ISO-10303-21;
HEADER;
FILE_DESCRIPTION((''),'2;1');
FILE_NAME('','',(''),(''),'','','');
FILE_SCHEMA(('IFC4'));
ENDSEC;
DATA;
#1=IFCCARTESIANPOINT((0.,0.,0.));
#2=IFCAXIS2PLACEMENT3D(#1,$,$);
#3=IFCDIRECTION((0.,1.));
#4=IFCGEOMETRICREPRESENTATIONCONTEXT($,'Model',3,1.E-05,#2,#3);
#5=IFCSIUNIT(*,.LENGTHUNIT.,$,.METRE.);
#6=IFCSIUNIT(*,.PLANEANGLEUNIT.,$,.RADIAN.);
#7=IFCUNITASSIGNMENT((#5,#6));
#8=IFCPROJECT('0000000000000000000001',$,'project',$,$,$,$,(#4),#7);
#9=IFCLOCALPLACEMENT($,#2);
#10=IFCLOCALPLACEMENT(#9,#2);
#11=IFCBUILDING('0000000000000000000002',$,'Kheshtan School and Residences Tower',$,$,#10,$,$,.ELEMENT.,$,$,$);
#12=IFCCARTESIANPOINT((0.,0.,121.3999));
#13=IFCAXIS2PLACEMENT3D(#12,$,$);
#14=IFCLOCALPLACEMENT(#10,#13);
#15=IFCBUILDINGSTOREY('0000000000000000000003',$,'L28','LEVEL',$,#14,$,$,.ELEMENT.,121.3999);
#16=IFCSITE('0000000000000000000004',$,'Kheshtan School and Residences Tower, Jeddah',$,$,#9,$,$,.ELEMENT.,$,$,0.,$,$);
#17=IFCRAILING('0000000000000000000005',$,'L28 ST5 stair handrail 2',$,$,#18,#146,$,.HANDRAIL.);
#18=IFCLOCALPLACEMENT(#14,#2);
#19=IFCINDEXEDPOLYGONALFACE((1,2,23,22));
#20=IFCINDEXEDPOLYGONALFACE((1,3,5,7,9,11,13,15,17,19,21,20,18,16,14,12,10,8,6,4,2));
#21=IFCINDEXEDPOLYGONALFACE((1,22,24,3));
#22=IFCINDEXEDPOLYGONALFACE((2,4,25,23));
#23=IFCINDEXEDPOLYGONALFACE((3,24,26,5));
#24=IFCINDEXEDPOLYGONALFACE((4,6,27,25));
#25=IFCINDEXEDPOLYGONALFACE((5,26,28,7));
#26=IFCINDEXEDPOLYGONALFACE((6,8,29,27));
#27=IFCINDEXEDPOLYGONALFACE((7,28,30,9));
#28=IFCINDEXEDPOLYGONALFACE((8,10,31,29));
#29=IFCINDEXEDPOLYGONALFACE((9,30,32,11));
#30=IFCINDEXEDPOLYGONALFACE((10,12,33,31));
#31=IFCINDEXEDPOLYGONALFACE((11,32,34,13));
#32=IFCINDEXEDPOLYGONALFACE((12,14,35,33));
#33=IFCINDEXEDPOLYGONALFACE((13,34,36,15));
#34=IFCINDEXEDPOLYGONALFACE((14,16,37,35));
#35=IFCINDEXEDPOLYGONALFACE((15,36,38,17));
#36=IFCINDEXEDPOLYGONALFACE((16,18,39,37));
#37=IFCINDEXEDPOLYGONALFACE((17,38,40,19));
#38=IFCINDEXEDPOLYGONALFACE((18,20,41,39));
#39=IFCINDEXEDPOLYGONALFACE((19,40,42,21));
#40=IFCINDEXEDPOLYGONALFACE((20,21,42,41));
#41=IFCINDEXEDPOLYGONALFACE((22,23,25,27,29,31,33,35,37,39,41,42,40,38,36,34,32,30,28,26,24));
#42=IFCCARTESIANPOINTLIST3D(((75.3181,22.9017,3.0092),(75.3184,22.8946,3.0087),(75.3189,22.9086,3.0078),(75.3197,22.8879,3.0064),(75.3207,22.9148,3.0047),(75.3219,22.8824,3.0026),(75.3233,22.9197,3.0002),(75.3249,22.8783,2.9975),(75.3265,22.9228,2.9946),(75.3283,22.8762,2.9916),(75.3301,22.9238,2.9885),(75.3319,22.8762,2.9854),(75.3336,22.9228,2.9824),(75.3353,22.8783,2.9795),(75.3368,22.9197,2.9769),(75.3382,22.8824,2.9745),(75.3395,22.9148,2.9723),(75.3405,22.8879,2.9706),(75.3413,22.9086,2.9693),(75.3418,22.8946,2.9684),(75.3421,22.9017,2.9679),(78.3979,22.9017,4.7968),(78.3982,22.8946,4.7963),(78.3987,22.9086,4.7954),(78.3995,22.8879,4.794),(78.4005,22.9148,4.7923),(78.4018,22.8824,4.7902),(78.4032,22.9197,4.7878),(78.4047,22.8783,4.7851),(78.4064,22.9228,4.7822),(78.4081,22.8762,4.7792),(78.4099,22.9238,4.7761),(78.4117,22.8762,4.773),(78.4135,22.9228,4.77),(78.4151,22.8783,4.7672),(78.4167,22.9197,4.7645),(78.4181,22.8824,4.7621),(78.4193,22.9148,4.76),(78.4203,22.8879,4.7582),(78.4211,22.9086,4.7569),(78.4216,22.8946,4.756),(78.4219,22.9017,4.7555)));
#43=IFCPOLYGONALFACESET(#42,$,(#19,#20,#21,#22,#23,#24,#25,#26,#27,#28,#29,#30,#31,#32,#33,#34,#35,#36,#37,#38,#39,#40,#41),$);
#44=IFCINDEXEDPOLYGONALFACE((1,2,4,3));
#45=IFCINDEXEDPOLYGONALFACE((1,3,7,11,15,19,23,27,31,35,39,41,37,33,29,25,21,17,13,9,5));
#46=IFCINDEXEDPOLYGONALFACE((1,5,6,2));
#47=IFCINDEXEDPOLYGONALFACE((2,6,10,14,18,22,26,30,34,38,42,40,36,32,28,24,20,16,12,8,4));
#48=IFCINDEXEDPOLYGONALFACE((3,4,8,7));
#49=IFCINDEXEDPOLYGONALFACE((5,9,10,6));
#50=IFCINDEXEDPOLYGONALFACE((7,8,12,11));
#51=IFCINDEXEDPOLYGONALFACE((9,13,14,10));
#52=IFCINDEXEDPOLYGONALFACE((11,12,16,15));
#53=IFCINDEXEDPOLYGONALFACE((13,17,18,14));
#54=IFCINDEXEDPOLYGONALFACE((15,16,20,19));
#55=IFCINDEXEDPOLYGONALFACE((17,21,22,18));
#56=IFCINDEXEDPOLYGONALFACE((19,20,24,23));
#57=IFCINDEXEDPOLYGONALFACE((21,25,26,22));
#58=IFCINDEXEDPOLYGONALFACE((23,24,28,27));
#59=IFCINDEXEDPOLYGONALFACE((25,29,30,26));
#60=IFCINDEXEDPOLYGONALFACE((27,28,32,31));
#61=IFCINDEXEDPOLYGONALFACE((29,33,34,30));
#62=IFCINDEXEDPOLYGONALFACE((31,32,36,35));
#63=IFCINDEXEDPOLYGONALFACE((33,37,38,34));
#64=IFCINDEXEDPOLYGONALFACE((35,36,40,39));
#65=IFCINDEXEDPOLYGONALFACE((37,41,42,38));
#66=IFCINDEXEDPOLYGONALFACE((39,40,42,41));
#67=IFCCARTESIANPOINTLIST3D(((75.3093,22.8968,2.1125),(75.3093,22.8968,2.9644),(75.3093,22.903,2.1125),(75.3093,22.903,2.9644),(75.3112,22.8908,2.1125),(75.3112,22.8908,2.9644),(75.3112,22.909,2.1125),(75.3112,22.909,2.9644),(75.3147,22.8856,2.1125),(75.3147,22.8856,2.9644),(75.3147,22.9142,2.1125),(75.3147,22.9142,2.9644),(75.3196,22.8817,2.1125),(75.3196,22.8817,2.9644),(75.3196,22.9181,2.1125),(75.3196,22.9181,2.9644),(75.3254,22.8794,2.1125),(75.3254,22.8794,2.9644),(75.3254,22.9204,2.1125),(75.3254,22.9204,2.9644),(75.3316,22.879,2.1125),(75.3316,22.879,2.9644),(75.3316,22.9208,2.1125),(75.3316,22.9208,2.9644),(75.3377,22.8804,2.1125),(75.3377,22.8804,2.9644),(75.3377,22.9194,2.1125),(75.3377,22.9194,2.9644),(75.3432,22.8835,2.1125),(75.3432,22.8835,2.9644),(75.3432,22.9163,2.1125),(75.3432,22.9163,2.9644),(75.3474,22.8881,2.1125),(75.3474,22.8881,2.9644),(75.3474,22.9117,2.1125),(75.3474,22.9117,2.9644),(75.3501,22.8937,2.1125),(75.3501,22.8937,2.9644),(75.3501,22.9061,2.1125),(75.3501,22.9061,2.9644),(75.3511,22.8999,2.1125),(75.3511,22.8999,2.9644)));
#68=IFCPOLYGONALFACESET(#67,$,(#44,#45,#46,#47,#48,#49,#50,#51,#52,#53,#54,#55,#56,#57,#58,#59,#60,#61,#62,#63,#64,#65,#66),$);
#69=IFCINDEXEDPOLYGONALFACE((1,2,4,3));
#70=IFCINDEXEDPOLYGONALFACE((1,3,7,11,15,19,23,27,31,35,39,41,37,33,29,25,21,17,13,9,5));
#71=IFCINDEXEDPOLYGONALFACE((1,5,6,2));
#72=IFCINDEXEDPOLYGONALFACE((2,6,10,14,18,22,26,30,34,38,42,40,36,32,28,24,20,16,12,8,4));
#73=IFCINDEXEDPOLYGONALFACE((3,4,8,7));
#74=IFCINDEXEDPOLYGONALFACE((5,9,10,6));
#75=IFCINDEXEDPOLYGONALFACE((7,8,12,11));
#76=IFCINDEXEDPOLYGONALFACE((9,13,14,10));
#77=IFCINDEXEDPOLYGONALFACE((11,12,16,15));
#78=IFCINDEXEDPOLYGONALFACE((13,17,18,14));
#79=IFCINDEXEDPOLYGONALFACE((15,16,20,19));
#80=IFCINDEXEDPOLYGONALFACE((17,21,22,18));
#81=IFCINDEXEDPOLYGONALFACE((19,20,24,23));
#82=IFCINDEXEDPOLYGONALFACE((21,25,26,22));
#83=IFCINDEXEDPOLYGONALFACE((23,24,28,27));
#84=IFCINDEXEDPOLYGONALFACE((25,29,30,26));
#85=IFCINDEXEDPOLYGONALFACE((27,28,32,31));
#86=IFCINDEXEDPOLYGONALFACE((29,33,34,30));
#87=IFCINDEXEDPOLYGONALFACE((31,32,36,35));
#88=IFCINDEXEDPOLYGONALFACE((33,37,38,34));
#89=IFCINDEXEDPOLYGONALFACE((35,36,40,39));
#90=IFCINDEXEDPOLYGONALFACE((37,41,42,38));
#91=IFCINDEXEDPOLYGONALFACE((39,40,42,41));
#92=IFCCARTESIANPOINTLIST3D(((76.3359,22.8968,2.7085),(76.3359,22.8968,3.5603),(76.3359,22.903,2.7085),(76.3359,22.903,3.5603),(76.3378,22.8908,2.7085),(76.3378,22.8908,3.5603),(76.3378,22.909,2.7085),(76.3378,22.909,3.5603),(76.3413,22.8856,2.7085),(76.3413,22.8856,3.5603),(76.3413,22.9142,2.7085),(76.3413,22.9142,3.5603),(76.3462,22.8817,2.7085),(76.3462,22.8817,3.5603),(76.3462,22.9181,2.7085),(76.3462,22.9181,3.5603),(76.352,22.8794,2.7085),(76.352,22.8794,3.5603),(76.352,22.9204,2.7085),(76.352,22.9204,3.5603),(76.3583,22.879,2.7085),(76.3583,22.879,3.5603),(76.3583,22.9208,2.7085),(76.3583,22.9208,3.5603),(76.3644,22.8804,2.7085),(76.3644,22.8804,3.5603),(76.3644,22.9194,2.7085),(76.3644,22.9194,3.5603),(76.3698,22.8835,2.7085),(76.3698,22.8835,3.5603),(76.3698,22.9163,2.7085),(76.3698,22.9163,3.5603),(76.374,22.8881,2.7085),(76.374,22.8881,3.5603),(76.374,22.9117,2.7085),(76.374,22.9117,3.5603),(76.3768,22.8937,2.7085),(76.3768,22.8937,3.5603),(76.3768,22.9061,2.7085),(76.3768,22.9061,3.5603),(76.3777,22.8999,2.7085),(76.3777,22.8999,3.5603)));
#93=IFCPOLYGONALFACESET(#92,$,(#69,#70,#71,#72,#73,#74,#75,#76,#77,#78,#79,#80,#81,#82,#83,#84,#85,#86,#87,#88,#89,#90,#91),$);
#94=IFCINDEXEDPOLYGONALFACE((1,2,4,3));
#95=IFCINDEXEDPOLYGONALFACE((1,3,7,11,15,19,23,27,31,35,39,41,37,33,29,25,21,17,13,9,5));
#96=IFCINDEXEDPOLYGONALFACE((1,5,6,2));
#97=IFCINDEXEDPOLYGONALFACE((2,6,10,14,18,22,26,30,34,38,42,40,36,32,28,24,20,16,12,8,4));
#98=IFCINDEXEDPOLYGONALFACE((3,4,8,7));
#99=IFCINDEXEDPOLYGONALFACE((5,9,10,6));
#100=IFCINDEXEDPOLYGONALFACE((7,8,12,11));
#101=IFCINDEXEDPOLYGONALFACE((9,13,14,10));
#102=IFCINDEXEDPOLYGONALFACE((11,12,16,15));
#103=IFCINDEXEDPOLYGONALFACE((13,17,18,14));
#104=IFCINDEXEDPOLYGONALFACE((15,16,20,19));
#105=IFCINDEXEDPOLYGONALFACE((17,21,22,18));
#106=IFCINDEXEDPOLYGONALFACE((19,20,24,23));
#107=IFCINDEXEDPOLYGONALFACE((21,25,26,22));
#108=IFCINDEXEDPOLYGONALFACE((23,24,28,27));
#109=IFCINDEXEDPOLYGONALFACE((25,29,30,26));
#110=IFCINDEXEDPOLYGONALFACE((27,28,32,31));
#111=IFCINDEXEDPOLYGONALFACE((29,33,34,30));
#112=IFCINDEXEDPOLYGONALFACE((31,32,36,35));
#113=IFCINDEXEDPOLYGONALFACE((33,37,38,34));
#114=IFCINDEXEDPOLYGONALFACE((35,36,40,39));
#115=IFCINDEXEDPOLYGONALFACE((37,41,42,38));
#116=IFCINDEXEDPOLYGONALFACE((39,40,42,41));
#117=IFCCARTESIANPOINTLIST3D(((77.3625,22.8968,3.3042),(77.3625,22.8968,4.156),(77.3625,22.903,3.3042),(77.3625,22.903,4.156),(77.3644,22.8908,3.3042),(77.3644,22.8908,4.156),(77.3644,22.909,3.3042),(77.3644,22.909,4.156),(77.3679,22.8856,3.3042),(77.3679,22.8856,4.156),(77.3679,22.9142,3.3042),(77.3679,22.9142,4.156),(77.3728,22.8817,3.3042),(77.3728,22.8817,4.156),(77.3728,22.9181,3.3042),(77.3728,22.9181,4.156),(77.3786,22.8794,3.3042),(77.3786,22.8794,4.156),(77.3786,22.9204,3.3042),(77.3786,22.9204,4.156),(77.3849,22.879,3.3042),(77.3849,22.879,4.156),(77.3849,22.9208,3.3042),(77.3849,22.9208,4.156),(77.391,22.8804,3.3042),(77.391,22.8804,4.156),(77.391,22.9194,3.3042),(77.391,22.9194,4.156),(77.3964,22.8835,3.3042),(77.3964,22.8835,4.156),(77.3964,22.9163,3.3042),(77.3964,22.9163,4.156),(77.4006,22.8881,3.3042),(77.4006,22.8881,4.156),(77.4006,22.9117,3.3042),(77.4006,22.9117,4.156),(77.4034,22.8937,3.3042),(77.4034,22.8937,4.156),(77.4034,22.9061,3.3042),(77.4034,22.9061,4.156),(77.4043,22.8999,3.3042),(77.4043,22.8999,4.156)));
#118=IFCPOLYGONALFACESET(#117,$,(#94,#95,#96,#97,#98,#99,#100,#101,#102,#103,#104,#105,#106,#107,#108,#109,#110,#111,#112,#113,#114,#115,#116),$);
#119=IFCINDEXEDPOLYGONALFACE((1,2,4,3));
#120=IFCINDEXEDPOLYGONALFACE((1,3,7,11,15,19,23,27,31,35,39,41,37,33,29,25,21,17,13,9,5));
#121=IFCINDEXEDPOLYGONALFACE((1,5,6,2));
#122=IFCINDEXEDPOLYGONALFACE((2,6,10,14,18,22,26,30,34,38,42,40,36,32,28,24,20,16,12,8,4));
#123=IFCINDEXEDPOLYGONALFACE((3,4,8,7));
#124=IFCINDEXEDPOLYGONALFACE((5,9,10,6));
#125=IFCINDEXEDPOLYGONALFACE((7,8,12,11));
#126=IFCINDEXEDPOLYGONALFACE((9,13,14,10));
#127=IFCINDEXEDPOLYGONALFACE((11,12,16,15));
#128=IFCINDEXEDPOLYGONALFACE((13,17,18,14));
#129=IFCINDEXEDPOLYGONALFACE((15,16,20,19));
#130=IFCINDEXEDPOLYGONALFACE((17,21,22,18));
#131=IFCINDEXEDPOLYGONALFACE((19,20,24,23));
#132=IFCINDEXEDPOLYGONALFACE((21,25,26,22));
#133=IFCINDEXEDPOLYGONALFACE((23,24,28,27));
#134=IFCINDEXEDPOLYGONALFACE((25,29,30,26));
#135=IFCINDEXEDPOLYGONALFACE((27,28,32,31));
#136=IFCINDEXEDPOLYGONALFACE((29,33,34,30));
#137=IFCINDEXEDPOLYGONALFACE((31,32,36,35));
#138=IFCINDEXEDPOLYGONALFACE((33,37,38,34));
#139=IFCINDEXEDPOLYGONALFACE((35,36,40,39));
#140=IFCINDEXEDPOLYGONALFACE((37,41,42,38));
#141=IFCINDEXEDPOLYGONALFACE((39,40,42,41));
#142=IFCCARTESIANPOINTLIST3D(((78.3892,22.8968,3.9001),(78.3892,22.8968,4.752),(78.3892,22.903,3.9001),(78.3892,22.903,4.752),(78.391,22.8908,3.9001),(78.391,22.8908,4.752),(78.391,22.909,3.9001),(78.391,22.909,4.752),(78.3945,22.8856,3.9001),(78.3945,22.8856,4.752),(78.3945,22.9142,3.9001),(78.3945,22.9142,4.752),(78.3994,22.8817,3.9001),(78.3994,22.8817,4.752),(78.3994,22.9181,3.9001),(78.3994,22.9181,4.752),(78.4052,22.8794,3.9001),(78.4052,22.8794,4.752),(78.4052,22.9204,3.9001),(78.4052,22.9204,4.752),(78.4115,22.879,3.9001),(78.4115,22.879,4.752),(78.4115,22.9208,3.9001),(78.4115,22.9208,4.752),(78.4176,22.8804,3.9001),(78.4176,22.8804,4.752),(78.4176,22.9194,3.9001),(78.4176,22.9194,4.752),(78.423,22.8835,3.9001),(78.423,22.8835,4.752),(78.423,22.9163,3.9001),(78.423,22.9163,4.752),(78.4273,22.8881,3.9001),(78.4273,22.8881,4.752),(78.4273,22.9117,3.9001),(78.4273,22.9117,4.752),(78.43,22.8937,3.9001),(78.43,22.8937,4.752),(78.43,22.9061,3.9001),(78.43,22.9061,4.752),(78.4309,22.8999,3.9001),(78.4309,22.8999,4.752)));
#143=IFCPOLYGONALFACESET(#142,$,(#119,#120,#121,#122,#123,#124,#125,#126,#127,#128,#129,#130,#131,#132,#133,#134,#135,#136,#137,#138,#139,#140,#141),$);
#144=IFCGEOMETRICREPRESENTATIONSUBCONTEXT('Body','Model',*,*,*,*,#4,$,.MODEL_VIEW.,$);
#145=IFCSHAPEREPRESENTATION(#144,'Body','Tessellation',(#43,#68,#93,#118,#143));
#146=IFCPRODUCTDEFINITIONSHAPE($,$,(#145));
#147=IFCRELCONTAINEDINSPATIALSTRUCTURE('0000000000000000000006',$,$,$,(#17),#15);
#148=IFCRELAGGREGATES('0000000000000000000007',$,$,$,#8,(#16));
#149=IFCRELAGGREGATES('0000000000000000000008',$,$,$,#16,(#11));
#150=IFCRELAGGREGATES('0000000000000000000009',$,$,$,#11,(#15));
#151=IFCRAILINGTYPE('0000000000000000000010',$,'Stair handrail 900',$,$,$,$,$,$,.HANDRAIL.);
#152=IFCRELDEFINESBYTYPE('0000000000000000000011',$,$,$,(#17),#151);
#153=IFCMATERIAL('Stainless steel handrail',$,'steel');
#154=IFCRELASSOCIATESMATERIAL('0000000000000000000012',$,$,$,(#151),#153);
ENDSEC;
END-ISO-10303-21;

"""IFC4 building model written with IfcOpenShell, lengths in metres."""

from ifc_helpers import new_model, si_unit, direction, frame, origin, origin_2d, place, context, subcontext, project, spatial, circle, extrude, material, type_object, element, save


model = new_model("IFC4")

# Units and contexts
model_context = context("Model", 3, precision=1e-05, world=origin(), true_north=direction((0.0, 1.0)))
body_context = subcontext(model_context, "Body", "Model", "MODEL_VIEW")
ifc_project = project(units=[si_unit("LENGTHUNIT", "METRE"), si_unit("PLANEANGLEUNIT", "RADIAN")], contexts=[model_context])

# Site, building, storey
site_placement = place(None, origin())
site = spatial("IfcSite", under=ifc_project, at=site_placement, Name="Kheshtan School and Residences Tower, Jeddah", CompositionType="ELEMENT", RefElevation=0.0)
building_placement = place(site_placement, origin())
building = spatial("IfcBuilding", under=site, at=building_placement, Name="Kheshtan School and Residences Tower", CompositionType="ELEMENT")
storey_placement = place(building_placement, frame((0.0, 0.0, 121.3999)))
storey = spatial("IfcBuildingStorey", under=building, at=storey_placement, Name="L28", Description="LEVEL", CompositionType="ELEMENT", Elevation=121.3999)

# Railing
ifc_material_1 = material(Name="Stainless steel handrail", Category="steel")
railing_type_1 = type_object("IfcRailingType", Name="Stair handrail 900", PredefinedType="HANDRAIL", material=ifc_material_1)
railing_1_placement = place(storey_placement, frame((75.3301, 22.8999, 2.1125)))
element("IfcRailing", 1, at=railing_1_placement, inside=storey, type_object=railing_type_1, Name="L28 ST5 stair handrail 2", PredefinedType="HANDRAIL", context=body_context, shape_type="SweptSolid", body=[
    extrude(circle(Radius=0.0239, at=origin_2d()), frame((0.0, 0.0, 0.876), z_axis=(0.864873, 0.0, 0.50199), x_axis=(0.0, 1.0, 0.0)), (0.0, 0.0, 1.0), 3.561),
    extrude(circle(Radius=0.021, at=origin_2d()), origin(), (0.0, 0.0, 1.0), 0.8518),
    extrude(circle(Radius=0.021, at=origin_2d()), frame((1.0266, 0.0, 0.5959)), (0.0, 0.0, 1.0), 0.8518),
    extrude(circle(Radius=0.021, at=origin_2d()), frame((2.0532, 0.0, 1.1917)), (0.0, 0.0, 1.0), 0.8518),
    extrude(circle(Radius=0.021, at=origin_2d()), frame((3.0798, 0.0, 1.7876)), (0.0, 0.0, 1.0), 0.8518),
])

save(model, "model.ifc")
